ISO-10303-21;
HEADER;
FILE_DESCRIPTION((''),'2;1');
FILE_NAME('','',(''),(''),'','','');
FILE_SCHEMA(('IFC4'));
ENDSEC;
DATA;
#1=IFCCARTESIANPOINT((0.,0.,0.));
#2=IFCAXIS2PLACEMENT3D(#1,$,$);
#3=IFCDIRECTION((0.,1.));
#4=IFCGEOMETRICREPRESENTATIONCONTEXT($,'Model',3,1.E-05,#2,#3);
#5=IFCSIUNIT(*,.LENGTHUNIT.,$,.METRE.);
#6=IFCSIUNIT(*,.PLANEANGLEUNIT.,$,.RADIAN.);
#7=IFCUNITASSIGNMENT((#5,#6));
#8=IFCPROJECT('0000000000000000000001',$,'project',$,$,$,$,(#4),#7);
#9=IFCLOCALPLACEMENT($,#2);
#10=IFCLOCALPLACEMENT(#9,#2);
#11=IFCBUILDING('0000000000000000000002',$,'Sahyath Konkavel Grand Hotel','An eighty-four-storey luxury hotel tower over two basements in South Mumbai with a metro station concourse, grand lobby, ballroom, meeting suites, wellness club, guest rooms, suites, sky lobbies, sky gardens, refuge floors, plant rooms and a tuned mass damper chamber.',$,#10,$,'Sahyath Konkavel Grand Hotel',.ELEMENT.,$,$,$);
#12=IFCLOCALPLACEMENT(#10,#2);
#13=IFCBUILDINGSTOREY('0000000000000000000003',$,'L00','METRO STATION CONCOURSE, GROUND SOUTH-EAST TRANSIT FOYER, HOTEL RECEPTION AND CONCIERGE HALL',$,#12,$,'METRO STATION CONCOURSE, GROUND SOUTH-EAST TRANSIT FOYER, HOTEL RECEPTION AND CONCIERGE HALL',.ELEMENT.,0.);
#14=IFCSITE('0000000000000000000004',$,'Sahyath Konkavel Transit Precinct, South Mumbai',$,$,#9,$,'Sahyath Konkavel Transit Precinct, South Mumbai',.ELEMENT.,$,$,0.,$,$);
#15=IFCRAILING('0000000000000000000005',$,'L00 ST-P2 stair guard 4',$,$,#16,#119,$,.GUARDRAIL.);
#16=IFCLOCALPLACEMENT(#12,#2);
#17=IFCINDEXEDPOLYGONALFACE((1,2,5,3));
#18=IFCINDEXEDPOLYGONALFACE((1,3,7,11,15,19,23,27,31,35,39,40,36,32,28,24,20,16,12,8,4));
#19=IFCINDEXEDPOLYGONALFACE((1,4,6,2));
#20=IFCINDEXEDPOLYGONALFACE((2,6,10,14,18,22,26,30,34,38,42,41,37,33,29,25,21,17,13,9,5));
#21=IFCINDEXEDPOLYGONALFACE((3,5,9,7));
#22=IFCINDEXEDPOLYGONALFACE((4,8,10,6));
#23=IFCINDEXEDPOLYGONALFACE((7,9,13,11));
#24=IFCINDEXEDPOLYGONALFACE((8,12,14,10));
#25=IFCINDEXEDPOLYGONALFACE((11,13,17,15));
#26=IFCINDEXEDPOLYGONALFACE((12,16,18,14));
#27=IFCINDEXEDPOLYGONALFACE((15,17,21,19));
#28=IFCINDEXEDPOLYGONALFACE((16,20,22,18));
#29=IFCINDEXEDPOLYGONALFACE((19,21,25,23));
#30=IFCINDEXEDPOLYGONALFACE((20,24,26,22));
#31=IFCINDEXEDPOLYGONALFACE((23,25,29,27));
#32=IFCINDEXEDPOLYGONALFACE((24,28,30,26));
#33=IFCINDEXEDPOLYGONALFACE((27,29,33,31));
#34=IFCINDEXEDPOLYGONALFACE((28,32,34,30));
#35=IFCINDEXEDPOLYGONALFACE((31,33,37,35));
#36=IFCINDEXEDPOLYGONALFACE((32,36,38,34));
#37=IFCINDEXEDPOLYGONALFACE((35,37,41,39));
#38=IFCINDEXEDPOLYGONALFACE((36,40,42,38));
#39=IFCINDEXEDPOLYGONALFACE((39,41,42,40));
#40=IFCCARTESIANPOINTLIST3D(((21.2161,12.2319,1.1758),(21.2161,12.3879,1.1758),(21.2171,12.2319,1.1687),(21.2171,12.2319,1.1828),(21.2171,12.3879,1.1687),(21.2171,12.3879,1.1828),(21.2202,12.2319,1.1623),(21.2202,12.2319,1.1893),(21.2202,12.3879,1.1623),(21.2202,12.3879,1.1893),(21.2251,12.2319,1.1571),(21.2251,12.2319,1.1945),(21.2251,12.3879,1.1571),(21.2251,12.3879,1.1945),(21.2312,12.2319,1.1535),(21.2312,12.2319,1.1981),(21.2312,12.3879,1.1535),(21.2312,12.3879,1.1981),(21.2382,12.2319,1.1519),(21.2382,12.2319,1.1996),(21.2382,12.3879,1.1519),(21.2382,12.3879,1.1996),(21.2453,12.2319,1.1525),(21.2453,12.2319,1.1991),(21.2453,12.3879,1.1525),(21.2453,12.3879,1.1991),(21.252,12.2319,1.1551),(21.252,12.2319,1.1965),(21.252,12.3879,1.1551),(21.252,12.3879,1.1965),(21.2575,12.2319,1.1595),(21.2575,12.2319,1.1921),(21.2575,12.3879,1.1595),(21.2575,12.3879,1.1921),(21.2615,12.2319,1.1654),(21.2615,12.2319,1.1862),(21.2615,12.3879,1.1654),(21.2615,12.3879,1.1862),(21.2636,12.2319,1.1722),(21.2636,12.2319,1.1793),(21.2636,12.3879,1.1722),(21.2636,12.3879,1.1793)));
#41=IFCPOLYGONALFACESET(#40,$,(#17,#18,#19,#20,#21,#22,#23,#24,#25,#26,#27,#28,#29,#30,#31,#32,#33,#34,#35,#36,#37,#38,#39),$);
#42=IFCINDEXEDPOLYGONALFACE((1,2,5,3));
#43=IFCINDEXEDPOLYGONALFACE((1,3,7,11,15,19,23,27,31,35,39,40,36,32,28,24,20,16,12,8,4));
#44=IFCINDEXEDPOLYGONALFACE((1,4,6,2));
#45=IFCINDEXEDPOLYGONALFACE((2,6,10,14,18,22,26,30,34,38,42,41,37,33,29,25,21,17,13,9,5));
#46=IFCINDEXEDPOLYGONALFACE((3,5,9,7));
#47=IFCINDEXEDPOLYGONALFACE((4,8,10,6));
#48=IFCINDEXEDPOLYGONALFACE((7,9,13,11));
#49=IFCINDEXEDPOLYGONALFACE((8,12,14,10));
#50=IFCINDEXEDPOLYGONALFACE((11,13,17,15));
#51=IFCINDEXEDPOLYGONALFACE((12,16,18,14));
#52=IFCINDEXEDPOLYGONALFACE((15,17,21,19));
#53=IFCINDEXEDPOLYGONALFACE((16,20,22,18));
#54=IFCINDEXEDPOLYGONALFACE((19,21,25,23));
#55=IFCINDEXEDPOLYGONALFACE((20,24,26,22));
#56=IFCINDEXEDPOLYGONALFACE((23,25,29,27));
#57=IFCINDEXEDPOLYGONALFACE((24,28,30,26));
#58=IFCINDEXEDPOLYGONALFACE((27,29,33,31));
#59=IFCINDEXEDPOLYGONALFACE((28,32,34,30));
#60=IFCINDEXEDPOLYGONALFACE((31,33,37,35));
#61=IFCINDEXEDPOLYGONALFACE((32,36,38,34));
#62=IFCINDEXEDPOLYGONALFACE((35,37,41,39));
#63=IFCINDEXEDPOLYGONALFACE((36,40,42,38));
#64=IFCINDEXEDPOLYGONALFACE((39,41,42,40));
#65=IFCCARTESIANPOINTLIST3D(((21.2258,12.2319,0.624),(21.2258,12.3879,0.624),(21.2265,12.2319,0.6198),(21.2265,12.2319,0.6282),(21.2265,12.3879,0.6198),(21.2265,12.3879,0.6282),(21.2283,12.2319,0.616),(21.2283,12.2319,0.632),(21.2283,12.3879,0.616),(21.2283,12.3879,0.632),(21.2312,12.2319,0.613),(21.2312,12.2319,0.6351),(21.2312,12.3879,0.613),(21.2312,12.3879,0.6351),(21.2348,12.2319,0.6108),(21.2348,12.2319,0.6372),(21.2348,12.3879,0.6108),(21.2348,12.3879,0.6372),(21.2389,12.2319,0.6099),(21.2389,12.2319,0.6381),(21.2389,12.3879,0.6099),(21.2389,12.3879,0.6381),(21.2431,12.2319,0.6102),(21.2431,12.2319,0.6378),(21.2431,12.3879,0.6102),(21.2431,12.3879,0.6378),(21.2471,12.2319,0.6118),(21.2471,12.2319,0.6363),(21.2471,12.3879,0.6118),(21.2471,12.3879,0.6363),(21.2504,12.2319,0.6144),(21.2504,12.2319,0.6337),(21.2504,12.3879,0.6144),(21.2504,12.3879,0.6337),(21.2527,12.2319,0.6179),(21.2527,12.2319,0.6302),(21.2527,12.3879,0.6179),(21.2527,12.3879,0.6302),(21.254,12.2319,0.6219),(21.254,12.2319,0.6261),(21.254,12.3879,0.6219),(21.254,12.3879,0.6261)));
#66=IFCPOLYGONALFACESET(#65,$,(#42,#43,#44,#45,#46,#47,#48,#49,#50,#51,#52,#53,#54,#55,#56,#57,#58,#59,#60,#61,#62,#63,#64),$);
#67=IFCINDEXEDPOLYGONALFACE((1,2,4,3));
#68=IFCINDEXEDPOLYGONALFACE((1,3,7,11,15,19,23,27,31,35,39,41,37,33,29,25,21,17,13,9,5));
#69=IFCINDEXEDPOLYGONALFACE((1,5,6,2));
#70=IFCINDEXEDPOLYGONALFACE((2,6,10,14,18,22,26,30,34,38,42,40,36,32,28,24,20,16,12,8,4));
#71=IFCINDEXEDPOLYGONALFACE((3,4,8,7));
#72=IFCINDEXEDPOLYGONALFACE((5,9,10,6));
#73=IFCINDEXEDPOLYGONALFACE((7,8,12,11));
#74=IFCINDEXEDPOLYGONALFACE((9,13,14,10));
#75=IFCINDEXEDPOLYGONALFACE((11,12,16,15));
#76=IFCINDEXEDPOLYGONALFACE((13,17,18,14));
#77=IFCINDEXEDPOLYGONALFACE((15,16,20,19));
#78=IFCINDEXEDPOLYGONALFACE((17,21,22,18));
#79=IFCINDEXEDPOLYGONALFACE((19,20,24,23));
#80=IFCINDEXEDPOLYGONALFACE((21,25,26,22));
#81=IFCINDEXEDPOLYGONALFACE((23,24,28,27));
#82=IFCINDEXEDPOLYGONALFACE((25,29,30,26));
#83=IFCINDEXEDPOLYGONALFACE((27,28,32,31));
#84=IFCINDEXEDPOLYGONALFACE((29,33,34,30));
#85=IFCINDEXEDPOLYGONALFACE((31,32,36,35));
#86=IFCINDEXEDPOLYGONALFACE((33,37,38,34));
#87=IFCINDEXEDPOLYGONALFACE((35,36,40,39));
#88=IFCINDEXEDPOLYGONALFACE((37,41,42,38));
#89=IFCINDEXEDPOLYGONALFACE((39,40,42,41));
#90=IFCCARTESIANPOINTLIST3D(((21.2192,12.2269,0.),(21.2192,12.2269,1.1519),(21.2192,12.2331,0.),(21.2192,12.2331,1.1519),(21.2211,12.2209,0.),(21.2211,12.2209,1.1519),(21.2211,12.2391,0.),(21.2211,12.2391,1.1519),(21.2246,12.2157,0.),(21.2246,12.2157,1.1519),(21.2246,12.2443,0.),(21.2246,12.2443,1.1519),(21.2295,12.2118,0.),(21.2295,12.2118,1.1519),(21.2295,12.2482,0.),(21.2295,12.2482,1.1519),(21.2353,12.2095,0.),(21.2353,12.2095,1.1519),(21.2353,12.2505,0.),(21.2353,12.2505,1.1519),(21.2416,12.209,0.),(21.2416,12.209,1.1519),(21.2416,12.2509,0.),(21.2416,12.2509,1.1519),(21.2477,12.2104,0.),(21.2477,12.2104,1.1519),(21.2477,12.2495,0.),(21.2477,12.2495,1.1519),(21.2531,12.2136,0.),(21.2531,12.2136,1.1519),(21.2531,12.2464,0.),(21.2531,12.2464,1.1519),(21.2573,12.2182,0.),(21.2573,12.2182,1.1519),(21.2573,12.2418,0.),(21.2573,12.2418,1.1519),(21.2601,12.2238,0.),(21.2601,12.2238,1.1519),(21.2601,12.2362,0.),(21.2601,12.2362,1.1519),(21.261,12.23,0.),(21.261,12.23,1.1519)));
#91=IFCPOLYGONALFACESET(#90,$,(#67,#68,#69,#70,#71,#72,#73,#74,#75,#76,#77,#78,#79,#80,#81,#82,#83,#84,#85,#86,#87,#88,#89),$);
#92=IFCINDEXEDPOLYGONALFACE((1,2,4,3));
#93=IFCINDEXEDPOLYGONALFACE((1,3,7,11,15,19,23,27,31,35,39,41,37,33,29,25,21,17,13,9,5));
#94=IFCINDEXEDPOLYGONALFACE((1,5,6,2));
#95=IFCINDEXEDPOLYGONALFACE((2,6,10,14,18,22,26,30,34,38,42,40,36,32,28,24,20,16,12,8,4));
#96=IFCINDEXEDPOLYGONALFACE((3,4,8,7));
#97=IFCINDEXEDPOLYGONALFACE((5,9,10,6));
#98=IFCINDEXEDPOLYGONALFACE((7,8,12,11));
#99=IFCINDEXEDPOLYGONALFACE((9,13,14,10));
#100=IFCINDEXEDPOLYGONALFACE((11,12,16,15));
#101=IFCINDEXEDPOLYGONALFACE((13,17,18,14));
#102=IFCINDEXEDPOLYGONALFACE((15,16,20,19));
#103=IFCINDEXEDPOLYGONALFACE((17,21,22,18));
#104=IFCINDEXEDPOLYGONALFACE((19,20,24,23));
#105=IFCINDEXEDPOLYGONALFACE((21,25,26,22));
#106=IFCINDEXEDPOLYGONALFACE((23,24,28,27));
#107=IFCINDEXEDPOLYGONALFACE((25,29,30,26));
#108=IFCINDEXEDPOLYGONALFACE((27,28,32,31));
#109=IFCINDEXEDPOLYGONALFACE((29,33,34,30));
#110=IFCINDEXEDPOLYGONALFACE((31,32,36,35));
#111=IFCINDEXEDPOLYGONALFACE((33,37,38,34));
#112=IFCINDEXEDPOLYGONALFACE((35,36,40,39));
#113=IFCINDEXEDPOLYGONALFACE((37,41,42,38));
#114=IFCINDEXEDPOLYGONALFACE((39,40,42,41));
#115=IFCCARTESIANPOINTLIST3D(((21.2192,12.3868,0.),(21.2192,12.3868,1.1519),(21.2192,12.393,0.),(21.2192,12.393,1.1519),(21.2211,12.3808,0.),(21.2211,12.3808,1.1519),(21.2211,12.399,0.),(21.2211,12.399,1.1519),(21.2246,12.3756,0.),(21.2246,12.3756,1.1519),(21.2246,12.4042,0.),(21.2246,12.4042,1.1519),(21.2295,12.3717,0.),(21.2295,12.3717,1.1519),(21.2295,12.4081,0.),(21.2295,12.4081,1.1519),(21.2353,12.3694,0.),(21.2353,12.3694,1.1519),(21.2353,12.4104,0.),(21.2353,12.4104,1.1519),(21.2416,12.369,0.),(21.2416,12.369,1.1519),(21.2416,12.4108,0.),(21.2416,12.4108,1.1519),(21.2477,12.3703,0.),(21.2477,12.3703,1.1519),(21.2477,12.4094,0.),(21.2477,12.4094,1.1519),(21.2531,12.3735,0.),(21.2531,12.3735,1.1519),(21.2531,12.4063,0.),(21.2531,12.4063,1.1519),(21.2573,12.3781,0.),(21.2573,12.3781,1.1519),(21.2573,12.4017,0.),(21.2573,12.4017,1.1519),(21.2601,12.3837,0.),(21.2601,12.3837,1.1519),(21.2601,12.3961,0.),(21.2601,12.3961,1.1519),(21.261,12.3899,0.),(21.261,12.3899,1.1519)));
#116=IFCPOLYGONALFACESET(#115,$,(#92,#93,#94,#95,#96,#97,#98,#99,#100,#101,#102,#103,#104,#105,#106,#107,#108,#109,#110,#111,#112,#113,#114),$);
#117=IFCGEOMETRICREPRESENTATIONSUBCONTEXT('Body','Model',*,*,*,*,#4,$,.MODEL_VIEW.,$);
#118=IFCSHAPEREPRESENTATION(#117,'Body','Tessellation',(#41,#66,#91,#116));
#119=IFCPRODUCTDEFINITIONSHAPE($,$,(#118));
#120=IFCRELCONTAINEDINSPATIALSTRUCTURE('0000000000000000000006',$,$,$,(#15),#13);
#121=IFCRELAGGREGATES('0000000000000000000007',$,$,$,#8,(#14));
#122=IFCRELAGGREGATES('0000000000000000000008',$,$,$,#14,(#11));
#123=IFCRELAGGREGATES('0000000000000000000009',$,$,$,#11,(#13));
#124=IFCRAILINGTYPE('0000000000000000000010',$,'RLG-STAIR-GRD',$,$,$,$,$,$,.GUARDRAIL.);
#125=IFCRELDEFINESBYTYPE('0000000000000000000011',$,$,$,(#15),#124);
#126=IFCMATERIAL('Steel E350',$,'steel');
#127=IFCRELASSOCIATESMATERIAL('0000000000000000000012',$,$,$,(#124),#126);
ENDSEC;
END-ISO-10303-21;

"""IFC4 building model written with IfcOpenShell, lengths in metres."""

from ifc_helpers import new_model, si_unit, direction, frame, origin, origin_2d, place, context, subcontext, project, spatial, circle, extrude, material, type_object, element, save


model = new_model("IFC4")

# Units and contexts
model_context = context("Model", 3, precision=1e-05, world=origin(), true_north=direction((0.0, 1.0)))
body_context = subcontext(model_context, "Body", "Model", "MODEL_VIEW")
ifc_project = project(units=[si_unit("LENGTHUNIT", "METRE"), si_unit("PLANEANGLEUNIT", "RADIAN")], contexts=[model_context])

# Site, building, storey
site_placement = place(None, origin())
site = spatial("IfcSite", under=ifc_project, at=site_placement, Name="Sahyath Konkavel Transit Precinct, South Mumbai", LongName="Sahyath Konkavel Transit Precinct, South Mumbai", CompositionType="ELEMENT", RefElevation=0.0)
building_placement = place(site_placement, origin())
building = spatial("IfcBuilding", under=site, at=building_placement, Name="Sahyath Konkavel Grand Hotel", Description="An eighty-four-storey luxury hotel tower over two basements in South Mumbai with a metro station concourse, grand lobby, ballroom, meeting suites, wellness club, guest rooms, suites, sky lobbies, sky gardens, refuge floors, plant rooms and a tuned mass damper chamber.", LongName="Sahyath Konkavel Grand Hotel", CompositionType="ELEMENT")
storey_placement = place(building_placement, origin())
storey = spatial("IfcBuildingStorey", under=building, at=storey_placement, Name="L00", Description="METRO STATION CONCOURSE, GROUND SOUTH-EAST TRANSIT FOYER, HOTEL RECEPTION AND CONCIERGE HALL", LongName="METRO STATION CONCOURSE, GROUND SOUTH-EAST TRANSIT FOYER, HOTEL RECEPTION AND CONCIERGE HALL", CompositionType="ELEMENT", Elevation=0.0)

# Shared definitions
ifc_material_1 = material(Name="Steel E350", Category="steel")

# Railing
railing_type_1 = type_object("IfcRailingType", Name="RLG-STAIR-GRD", PredefinedType="GUARDRAIL", material=ifc_material_1)
railing_1_placement = place(storey_placement, frame((21.24, 12.23, 0.0)))
element("IfcRailing", 1, at=railing_1_placement, inside=storey, type_object=railing_type_1, Name="L00 ST-P2 stair guard 4", PredefinedType="GUARDRAIL", context=body_context, shape_type="SweptSolid", body=[
    extrude(circle(Radius=0.0239, at=origin_2d()), frame((0.0, 0.002, 1.1758), z_axis=(0.0, 1.0, 0.0), x_axis=(-1.0, 0.0, 0.0)), (0.0, 0.0, 1.0), 0.156),
    extrude(circle(Radius=0.0142, at=origin_2d()), frame((0.0, 0.002, 0.624), z_axis=(0.0, 1.0, 0.0), x_axis=(-1.0, 0.0, 0.0)), (0.0, 0.0, 1.0), 0.156),
    extrude(circle(Radius=0.021, at=origin_2d()), origin(), (0.0, 0.0, 1.0), 1.1519),
    extrude(circle(Radius=0.021, at=origin_2d()), frame((0.0, 0.1599, 0.0)), (0.0, 0.0, 1.0), 1.1519),
])

save(model, "model.ifc")
